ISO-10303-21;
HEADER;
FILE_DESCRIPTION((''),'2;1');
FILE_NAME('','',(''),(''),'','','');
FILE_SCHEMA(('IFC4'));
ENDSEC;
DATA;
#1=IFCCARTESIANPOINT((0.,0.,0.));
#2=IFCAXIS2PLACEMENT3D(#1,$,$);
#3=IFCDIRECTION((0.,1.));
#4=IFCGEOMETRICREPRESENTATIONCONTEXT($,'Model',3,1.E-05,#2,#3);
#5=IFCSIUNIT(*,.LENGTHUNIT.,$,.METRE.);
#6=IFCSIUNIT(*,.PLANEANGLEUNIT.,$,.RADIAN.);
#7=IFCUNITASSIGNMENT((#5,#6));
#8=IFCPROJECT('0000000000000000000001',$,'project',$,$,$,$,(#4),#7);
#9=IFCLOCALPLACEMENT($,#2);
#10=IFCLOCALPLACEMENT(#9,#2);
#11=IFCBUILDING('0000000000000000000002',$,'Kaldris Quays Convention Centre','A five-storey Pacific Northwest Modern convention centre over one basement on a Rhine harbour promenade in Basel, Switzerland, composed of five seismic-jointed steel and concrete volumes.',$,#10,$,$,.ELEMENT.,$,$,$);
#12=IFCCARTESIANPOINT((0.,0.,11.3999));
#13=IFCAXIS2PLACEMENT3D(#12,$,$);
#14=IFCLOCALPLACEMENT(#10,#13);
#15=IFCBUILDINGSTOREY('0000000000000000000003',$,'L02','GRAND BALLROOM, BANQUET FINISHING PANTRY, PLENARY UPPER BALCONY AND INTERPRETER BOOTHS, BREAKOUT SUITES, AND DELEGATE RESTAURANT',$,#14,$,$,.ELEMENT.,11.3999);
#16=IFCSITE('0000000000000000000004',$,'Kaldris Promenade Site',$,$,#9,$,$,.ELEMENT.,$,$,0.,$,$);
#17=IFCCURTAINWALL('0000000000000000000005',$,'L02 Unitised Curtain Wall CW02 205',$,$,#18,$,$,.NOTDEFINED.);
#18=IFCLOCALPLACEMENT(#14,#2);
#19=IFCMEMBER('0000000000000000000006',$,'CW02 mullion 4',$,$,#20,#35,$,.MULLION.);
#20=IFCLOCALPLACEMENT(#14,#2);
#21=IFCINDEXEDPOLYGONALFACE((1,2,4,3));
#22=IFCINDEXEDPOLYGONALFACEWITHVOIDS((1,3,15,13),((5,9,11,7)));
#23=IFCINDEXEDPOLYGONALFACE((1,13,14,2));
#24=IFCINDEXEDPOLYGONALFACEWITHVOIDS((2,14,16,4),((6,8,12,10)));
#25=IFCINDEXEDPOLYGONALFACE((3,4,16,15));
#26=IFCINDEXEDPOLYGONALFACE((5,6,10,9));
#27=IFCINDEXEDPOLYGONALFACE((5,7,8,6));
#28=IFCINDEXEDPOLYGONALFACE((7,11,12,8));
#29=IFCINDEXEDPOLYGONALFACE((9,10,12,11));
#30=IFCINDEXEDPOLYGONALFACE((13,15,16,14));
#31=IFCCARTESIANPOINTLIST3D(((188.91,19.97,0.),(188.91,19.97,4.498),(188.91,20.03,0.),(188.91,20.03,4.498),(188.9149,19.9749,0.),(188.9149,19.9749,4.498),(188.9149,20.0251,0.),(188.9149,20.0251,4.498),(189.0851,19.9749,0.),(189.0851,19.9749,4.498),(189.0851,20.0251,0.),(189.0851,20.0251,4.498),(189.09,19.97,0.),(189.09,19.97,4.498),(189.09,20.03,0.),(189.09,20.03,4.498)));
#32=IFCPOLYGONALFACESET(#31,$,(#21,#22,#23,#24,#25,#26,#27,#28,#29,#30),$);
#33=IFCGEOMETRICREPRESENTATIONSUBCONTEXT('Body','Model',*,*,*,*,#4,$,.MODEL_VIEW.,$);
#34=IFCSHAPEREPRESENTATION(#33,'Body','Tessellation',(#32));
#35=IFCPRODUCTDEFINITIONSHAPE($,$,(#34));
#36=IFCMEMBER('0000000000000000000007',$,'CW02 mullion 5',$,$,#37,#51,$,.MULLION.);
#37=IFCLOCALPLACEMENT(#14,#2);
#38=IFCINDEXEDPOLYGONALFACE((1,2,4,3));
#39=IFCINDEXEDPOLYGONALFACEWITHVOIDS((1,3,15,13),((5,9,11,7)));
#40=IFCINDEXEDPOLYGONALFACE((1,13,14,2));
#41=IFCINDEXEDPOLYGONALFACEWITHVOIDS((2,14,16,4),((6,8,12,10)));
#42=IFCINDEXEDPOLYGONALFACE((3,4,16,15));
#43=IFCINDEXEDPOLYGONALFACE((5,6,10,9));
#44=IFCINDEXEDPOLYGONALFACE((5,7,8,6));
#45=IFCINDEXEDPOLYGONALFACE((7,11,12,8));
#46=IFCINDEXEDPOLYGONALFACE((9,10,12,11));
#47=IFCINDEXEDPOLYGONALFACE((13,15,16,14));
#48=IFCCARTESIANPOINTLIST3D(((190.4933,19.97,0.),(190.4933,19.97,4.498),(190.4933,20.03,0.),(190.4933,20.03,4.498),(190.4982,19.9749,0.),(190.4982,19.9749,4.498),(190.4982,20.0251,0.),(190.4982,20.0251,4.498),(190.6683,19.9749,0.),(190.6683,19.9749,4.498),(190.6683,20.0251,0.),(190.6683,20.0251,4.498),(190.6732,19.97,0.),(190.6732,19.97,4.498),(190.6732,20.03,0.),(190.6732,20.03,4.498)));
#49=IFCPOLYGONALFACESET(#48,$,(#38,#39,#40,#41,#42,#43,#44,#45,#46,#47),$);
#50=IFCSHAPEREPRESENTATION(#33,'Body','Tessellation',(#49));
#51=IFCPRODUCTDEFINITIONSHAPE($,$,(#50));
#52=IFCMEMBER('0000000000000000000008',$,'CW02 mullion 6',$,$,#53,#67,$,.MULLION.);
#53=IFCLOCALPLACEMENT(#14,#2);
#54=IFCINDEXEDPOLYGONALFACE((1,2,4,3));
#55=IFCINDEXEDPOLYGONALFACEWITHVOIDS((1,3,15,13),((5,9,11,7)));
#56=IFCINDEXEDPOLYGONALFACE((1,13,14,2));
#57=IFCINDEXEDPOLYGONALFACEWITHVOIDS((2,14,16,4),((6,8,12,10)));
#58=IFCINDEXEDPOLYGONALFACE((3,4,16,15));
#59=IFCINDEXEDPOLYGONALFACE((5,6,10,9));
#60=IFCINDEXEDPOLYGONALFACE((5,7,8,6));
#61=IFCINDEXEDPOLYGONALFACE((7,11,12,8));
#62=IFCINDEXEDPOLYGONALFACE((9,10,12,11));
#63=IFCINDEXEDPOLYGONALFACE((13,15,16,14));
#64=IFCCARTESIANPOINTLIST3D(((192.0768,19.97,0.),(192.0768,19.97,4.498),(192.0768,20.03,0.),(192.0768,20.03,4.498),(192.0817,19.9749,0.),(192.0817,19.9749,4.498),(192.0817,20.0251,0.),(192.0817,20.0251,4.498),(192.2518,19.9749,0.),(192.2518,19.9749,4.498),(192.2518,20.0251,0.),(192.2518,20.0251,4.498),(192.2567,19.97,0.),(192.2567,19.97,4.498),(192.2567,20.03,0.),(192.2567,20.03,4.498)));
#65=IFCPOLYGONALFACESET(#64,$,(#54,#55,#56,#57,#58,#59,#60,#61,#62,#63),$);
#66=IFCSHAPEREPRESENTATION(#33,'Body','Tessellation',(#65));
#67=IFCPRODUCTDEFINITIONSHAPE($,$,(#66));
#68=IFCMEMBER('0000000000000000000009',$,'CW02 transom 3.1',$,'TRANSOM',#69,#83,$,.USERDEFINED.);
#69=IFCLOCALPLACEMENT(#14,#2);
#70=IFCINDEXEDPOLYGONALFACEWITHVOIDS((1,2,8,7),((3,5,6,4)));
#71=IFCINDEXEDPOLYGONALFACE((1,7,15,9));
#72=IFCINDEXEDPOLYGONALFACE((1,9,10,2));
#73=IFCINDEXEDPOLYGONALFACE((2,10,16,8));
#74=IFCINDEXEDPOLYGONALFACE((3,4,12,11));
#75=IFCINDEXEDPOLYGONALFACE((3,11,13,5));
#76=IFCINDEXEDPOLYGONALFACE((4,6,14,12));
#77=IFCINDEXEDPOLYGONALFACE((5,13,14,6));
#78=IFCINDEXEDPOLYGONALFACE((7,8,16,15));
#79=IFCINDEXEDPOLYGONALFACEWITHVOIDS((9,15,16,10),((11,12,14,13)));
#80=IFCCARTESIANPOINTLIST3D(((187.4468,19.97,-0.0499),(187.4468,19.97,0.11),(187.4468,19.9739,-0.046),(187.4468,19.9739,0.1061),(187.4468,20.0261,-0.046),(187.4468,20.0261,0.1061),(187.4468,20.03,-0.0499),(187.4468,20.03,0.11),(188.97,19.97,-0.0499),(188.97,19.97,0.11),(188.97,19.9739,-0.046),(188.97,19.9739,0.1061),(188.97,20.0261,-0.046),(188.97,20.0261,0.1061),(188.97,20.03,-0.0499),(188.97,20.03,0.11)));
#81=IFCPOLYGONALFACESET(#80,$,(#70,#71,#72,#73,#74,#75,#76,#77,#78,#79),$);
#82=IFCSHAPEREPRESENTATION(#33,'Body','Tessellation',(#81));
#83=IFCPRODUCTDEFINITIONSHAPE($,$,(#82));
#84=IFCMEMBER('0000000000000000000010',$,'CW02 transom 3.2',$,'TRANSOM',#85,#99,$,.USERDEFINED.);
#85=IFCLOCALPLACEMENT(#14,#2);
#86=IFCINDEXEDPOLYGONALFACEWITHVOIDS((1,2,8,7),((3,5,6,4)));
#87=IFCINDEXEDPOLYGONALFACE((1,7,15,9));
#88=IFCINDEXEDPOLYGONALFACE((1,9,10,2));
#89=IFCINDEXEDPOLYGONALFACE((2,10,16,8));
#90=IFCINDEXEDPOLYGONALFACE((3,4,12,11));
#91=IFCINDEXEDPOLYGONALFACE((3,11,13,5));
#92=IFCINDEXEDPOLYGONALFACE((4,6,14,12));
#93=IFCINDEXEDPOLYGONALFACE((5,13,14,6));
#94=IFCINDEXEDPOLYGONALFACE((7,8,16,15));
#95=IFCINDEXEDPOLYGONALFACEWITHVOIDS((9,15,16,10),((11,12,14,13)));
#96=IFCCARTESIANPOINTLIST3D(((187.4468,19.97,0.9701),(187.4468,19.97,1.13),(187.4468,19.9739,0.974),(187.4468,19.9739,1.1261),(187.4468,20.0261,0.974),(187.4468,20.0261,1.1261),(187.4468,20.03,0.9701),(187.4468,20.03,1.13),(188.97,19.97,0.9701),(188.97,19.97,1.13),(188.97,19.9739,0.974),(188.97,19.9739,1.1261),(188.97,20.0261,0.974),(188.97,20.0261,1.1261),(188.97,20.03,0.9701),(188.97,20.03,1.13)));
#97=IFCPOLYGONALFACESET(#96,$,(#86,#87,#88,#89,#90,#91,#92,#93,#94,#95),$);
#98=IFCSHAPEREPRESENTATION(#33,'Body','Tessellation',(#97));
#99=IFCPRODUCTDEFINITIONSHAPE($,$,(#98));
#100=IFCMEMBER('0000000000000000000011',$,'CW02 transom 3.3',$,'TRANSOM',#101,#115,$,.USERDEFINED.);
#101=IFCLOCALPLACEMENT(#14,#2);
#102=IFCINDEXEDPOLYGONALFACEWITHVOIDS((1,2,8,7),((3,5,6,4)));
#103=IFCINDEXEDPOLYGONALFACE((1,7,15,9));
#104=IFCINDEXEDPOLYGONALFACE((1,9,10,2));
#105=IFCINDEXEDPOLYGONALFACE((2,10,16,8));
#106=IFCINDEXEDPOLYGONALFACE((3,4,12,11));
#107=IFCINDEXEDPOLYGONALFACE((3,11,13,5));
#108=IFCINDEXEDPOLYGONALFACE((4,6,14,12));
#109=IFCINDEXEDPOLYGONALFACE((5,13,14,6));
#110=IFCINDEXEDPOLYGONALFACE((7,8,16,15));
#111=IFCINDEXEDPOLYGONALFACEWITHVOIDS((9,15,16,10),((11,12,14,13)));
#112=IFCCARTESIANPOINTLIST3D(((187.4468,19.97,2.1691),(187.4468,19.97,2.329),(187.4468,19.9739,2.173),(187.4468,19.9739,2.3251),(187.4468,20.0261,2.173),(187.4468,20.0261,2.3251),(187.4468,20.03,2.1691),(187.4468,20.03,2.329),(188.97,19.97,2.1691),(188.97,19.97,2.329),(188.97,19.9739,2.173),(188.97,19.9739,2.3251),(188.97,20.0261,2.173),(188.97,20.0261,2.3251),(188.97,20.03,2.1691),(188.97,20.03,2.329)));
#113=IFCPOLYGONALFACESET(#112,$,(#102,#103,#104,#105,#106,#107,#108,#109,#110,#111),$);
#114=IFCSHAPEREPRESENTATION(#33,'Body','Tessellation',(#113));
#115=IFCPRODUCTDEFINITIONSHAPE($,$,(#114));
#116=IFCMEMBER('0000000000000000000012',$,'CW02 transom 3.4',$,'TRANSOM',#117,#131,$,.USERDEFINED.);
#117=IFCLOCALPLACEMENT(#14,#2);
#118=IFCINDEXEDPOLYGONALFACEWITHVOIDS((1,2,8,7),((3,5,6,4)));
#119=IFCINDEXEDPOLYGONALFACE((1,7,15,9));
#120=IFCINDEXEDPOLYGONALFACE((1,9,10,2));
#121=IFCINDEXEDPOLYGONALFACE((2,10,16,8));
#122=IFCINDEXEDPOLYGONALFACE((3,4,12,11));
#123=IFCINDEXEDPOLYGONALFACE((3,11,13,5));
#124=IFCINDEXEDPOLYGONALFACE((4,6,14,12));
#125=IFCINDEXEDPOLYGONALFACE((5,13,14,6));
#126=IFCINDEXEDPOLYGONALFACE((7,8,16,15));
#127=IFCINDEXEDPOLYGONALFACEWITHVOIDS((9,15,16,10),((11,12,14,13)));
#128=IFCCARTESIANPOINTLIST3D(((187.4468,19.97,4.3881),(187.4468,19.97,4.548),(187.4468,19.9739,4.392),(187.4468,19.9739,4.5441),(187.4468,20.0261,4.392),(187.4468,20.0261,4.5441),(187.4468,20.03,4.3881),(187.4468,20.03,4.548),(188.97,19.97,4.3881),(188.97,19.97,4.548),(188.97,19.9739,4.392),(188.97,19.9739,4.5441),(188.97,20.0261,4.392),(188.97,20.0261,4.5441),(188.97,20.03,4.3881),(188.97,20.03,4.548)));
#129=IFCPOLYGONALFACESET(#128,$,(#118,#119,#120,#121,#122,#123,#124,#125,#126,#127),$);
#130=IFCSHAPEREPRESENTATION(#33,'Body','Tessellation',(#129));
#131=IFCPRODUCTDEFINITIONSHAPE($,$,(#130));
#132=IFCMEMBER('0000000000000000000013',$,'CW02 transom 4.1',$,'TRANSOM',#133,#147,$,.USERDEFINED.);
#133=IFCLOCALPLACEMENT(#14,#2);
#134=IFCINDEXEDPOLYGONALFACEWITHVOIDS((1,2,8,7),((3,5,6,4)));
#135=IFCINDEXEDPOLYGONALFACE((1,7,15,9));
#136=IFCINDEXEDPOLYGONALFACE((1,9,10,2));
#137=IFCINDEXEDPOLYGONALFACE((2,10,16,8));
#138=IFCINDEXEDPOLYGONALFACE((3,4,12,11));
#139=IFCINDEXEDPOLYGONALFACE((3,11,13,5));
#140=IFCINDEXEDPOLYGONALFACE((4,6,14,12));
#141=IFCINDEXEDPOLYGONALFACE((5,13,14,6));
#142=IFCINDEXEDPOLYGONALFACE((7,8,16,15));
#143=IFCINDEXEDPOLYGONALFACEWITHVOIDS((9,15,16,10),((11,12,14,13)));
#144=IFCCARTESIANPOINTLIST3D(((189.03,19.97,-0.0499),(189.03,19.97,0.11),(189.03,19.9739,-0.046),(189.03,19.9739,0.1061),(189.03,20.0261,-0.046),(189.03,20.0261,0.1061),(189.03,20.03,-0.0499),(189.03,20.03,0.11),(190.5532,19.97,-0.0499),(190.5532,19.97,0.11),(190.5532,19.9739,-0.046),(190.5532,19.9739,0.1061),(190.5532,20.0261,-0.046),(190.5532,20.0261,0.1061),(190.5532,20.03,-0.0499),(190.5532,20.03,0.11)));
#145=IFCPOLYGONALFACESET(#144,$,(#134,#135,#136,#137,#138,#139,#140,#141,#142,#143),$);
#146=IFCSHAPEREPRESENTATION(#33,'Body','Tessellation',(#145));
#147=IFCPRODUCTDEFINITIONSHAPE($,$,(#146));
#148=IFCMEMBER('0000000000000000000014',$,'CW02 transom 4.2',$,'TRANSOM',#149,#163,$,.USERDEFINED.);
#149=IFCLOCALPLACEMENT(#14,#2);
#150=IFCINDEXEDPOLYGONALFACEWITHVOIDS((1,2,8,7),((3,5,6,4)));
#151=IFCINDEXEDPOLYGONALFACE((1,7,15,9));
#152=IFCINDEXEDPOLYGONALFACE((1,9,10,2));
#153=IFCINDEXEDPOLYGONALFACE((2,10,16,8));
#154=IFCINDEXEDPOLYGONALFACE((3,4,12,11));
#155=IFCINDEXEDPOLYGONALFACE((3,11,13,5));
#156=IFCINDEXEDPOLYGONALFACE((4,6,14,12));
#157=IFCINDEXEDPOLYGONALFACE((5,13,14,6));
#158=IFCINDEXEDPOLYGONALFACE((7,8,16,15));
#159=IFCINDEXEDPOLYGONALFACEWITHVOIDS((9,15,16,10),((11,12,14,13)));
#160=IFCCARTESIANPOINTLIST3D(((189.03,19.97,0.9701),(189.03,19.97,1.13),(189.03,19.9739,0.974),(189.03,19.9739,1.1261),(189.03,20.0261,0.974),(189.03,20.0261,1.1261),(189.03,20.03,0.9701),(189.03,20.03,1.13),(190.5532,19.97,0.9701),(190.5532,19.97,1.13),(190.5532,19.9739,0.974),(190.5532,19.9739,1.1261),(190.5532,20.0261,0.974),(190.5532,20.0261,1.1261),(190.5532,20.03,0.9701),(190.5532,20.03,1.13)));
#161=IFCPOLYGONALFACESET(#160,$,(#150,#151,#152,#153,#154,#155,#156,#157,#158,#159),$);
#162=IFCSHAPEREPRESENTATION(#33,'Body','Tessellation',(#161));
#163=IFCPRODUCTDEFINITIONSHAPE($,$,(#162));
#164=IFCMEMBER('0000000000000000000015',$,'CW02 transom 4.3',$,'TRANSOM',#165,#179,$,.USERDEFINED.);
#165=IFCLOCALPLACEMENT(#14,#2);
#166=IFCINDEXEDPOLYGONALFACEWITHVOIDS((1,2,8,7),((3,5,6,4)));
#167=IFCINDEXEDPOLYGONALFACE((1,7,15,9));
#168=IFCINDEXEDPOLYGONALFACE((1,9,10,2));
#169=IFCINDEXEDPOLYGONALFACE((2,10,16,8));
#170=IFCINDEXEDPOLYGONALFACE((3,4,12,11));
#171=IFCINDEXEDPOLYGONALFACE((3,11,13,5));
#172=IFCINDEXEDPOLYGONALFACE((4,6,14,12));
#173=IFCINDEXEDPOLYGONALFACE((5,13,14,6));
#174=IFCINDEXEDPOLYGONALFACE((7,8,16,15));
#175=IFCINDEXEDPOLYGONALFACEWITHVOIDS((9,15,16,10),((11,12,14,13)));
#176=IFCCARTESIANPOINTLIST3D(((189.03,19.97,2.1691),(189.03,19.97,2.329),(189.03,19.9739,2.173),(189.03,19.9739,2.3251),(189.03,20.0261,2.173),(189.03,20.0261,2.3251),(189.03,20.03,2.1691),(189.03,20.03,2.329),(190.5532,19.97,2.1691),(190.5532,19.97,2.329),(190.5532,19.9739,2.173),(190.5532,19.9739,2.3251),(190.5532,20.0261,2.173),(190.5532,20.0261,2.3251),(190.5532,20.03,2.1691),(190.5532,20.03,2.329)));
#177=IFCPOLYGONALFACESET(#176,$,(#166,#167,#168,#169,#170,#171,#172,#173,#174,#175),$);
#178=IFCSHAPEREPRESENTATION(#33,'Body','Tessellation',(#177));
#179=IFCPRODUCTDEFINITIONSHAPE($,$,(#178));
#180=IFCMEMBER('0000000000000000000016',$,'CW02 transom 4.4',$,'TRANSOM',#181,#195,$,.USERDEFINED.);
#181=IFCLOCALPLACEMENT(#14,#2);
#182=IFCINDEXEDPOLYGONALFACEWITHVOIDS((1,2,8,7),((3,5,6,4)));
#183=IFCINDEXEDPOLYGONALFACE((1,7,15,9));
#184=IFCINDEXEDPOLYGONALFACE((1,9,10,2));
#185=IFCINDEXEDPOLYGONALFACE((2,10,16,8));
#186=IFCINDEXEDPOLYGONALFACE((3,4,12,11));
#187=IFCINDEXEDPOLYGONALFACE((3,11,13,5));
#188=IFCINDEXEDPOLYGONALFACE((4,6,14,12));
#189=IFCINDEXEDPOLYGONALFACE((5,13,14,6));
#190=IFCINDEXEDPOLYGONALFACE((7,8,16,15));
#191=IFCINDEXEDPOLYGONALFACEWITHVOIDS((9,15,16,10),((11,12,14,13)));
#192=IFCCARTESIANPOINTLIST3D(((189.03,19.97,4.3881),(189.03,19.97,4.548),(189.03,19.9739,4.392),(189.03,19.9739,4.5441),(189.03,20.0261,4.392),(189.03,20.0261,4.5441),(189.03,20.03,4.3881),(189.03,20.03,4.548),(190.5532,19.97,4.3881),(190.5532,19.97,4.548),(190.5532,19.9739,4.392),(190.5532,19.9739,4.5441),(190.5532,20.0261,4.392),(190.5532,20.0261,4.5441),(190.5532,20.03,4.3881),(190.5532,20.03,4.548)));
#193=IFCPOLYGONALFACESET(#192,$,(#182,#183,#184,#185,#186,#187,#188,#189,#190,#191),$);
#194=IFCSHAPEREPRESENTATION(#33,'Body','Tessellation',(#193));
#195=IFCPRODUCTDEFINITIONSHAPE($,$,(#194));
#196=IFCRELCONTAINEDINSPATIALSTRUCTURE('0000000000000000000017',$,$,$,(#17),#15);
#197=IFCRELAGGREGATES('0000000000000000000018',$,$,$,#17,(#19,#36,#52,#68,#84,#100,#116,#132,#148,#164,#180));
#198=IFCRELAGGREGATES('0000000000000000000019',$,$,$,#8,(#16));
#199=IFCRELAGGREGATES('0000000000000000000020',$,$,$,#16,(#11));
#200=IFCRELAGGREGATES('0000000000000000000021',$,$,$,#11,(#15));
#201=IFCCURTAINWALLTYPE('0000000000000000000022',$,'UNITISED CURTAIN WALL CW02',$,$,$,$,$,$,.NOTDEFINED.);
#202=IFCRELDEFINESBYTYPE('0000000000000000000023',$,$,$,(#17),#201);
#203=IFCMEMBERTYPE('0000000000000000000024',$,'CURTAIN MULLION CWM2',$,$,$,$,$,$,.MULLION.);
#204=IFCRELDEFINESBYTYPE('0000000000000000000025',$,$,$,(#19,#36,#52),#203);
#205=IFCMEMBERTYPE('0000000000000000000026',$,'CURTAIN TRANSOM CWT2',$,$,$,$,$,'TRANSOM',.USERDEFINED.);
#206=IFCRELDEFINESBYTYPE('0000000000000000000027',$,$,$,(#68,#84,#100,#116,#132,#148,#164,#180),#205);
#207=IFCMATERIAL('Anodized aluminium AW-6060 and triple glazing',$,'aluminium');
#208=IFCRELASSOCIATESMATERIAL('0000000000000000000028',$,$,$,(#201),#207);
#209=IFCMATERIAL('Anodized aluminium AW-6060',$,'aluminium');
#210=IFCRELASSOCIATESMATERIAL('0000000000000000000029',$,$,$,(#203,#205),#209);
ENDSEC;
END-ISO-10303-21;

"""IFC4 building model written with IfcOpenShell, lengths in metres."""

from ifc_helpers import new_model, si_unit, direction, frame, origin, origin_2d, place, context, subcontext, project, spatial, hollow_rectangle, extrude, material, material_profile, profile_set, type_object, element, aggregate, save


model = new_model("IFC4")

# Units and contexts
model_context = context("Model", 3, precision=1e-05, world=origin(), true_north=direction((0.0, 1.0)))
body_context = subcontext(model_context, "Body", "Model", "MODEL_VIEW")
ifc_project = project(units=[si_unit("LENGTHUNIT", "METRE"), si_unit("PLANEANGLEUNIT", "RADIAN")], contexts=[model_context])

# Site, building, storey
site_placement = place(None, origin())
site = spatial("IfcSite", under=ifc_project, at=site_placement, Name="Kaldris Promenade Site", CompositionType="ELEMENT", RefElevation=0.0)
building_placement = place(site_placement, origin())
building = spatial("IfcBuilding", under=site, at=building_placement, Name="Kaldris Quays Convention Centre", Description="A five-storey Pacific Northwest Modern convention centre over one basement on a Rhine harbour promenade in Basel, Switzerland, composed of five seismic-jointed steel and concrete volumes.", CompositionType="ELEMENT")
storey_placement = place(building_placement, frame((0.0, 0.0, 11.3999)))
storey = spatial("IfcBuildingStorey", under=building, at=storey_placement, Name="L02", Description="GRAND BALLROOM, BANQUET FINISHING PANTRY, PLENARY UPPER BALCONY AND INTERPRETER BOOTHS, BREAKOUT SUITES, AND DELEGATE RESTAURANT", CompositionType="ELEMENT", Elevation=11.3999)

# Curtain wall, members
ifc_material_1 = material(Name="Anodized aluminium AW-6060 and triple glazing", Category="aluminium")
curtain_wall_type = type_object("IfcCurtainWallType", Name="UNITISED CURTAIN WALL CW02", PredefinedType="NOTDEFINED", material=ifc_material_1)
curtain_wall_placement = place(storey_placement, origin())
curtain_wall = element("IfcCurtainWall", 1, at=curtain_wall_placement, inside=storey, type_object=curtain_wall_type, Name="L02 Unitised Curtain Wall CW02 205", PredefinedType="NOTDEFINED")
ifc_material_2 = material(Name="Anodized aluminium AW-6060", Category="aluminium")
ifc_material_profile_1 = material_profile(ifc_material_2, hollow_rectangle(XDim=0.0601, YDim=0.1799, WallThickness=0.0049, at=origin_2d()), Name="RHS 180x60x5")
ifc_profile_set_1 = profile_set([ifc_material_profile_1], Name="Anodized aluminium AW-6060")
member_type_1 = type_object("IfcMemberType", Name="CURTAIN MULLION CWM2", PredefinedType="MULLION", material=ifc_profile_set_1)
member_1_placement = place(storey_placement, frame((189.0, 20.0, 0.0), z_axis=(0.0, 0.0, 1.0), x_axis=(0.0, 1.0, 0.0)))
member_1 = element("IfcMember", 2, at=member_1_placement, type_object=member_type_1, Name="CW02 mullion 4", PredefinedType="MULLION", context=body_context, shape_type="SweptSolid", body=[
    extrude(hollow_rectangle(XDim=0.0601, YDim=0.1799, WallThickness=0.0049, at=origin_2d()), origin(), (0.0, 0.0, 1.0), 4.498),
])
member_2_placement = place(storey_placement, frame((190.5833, 20.0, 0.0), z_axis=(0.0, 0.0, 1.0), x_axis=(0.0, 1.0, 0.0)))
member_2 = element("IfcMember", 3, at=member_2_placement, type_object=member_type_1, Name="CW02 mullion 5", PredefinedType="MULLION", context=body_context, shape_type="SweptSolid", body=[
    extrude(hollow_rectangle(XDim=0.0601, YDim=0.1799, WallThickness=0.0049, at=origin_2d()), origin(), (0.0, 0.0, 1.0), 4.498),
])
member_3_placement = place(storey_placement, frame((192.1667, 20.0, 0.0), z_axis=(0.0, 0.0, 1.0), x_axis=(0.0, 1.0, 0.0)))
member_3 = element("IfcMember", 4, at=member_3_placement, type_object=member_type_1, Name="CW02 mullion 6", PredefinedType="MULLION", context=body_context, shape_type="SweptSolid", body=[
    extrude(hollow_rectangle(XDim=0.0601, YDim=0.1799, WallThickness=0.0049, at=origin_2d()), origin(), (0.0, 0.0, 1.0), 4.498),
])
ifc_material_profile_2 = material_profile(ifc_material_2, hollow_rectangle(XDim=0.0601, YDim=0.1599, WallThickness=0.0039, at=origin_2d()), Name="RHS 160x60x4")
ifc_profile_set_2 = profile_set([ifc_material_profile_2], Name="Anodized aluminium AW-6060")
member_type_2 = type_object("IfcMemberType", Name="CURTAIN TRANSOM CWT2", ElementType="TRANSOM", PredefinedType="USERDEFINED", material=ifc_profile_set_2)
member_4_placement = place(storey_placement, frame((187.4468, 20.0, 0.03), z_axis=(1.0, 0.0, 0.0), x_axis=(0.0, 1.0, 0.0)))
member_4 = element("IfcMember", 5, at=member_4_placement, type_object=member_type_2, Name="CW02 transom 3.1", ObjectType="TRANSOM", PredefinedType="USERDEFINED", context=body_context, shape_type="SweptSolid", body=[
    extrude(hollow_rectangle(XDim=0.0601, YDim=0.1599, WallThickness=0.0039, at=origin_2d()), origin(), (0.0, 0.0, 1.0), 1.5232),
])
member_5_placement = place(storey_placement, frame((187.4468, 20.0, 1.05), z_axis=(1.0, 0.0, 0.0), x_axis=(0.0, 1.0, 0.0)))
member_5 = element("IfcMember", 6, at=member_5_placement, type_object=member_type_2, Name="CW02 transom 3.2", ObjectType="TRANSOM", PredefinedType="USERDEFINED", context=body_context, shape_type="SweptSolid", body=[
    extrude(hollow_rectangle(XDim=0.0601, YDim=0.1599, WallThickness=0.0039, at=origin_2d()), origin(), (0.0, 0.0, 1.0), 1.5232),
])
member_6_placement = place(storey_placement, frame((187.4468, 20.0, 2.249), z_axis=(1.0, 0.0, 0.0), x_axis=(0.0, 1.0, 0.0)))
member_6 = element("IfcMember", 7, at=member_6_placement, type_object=member_type_2, Name="CW02 transom 3.3", ObjectType="TRANSOM", PredefinedType="USERDEFINED", context=body_context, shape_type="SweptSolid", body=[
    extrude(hollow_rectangle(XDim=0.0601, YDim=0.1599, WallThickness=0.0039, at=origin_2d()), origin(), (0.0, 0.0, 1.0), 1.5232),
])
member_7_placement = place(storey_placement, frame((187.4468, 20.0, 4.468), z_axis=(1.0, 0.0, 0.0), x_axis=(0.0, 1.0, 0.0)))
member_7 = element("IfcMember", 8, at=member_7_placement, type_object=member_type_2, Name="CW02 transom 3.4", ObjectType="TRANSOM", PredefinedType="USERDEFINED", context=body_context, shape_type="SweptSolid", body=[
    extrude(hollow_rectangle(XDim=0.0601, YDim=0.1599, WallThickness=0.0039, at=origin_2d()), origin(), (0.0, 0.0, 1.0), 1.5232),
])
member_8_placement = place(storey_placement, frame((189.03, 20.0, 0.03), z_axis=(1.0, 0.0, 0.0), x_axis=(0.0, 1.0, 0.0)))
member_8 = element("IfcMember", 9, at=member_8_placement, type_object=member_type_2, Name="CW02 transom 4.1", ObjectType="TRANSOM", PredefinedType="USERDEFINED", context=body_context, shape_type="SweptSolid", body=[
    extrude(hollow_rectangle(XDim=0.0601, YDim=0.1599, WallThickness=0.0039, at=origin_2d()), origin(), (0.0, 0.0, 1.0), 1.5232),
])
member_9_placement = place(storey_placement, frame((189.03, 20.0, 1.05), z_axis=(1.0, 0.0, 0.0), x_axis=(0.0, 1.0, 0.0)))
member_9 = element("IfcMember", 10, at=member_9_placement, type_object=member_type_2, Name="CW02 transom 4.2", ObjectType="TRANSOM", PredefinedType="USERDEFINED", context=body_context, shape_type="SweptSolid", body=[
    extrude(hollow_rectangle(XDim=0.0601, YDim=0.1599, WallThickness=0.0039, at=origin_2d()), origin(), (0.0, 0.0, 1.0), 1.5232),
])
member_10_placement = place(storey_placement, frame((189.03, 20.0, 2.249), z_axis=(1.0, 0.0, 0.0), x_axis=(0.0, 1.0, 0.0)))
member_10 = element("IfcMember", 11, at=member_10_placement, type_object=member_type_2, Name="CW02 transom 4.3", ObjectType="TRANSOM", PredefinedType="USERDEFINED", context=body_context, shape_type="SweptSolid", body=[
    extrude(hollow_rectangle(XDim=0.0601, YDim=0.1599, WallThickness=0.0039, at=origin_2d()), origin(), (0.0, 0.0, 1.0), 1.5232),
])
member_11_placement = place(storey_placement, frame((189.03, 20.0, 4.468), z_axis=(1.0, 0.0, 0.0), x_axis=(0.0, 1.0, 0.0)))
member_11 = element("IfcMember", 12, at=member_11_placement, type_object=member_type_2, Name="CW02 transom 4.4", ObjectType="TRANSOM", PredefinedType="USERDEFINED", context=body_context, shape_type="SweptSolid", body=[
    extrude(hollow_rectangle(XDim=0.0601, YDim=0.1599, WallThickness=0.0039, at=origin_2d()), origin(), (0.0, 0.0, 1.0), 1.5232),
])

aggregate(curtain_wall, [member_1, member_2, member_3, member_4, member_5, member_6, member_7, member_8, member_9, member_10, member_11])

save(model, "model.ifc")
